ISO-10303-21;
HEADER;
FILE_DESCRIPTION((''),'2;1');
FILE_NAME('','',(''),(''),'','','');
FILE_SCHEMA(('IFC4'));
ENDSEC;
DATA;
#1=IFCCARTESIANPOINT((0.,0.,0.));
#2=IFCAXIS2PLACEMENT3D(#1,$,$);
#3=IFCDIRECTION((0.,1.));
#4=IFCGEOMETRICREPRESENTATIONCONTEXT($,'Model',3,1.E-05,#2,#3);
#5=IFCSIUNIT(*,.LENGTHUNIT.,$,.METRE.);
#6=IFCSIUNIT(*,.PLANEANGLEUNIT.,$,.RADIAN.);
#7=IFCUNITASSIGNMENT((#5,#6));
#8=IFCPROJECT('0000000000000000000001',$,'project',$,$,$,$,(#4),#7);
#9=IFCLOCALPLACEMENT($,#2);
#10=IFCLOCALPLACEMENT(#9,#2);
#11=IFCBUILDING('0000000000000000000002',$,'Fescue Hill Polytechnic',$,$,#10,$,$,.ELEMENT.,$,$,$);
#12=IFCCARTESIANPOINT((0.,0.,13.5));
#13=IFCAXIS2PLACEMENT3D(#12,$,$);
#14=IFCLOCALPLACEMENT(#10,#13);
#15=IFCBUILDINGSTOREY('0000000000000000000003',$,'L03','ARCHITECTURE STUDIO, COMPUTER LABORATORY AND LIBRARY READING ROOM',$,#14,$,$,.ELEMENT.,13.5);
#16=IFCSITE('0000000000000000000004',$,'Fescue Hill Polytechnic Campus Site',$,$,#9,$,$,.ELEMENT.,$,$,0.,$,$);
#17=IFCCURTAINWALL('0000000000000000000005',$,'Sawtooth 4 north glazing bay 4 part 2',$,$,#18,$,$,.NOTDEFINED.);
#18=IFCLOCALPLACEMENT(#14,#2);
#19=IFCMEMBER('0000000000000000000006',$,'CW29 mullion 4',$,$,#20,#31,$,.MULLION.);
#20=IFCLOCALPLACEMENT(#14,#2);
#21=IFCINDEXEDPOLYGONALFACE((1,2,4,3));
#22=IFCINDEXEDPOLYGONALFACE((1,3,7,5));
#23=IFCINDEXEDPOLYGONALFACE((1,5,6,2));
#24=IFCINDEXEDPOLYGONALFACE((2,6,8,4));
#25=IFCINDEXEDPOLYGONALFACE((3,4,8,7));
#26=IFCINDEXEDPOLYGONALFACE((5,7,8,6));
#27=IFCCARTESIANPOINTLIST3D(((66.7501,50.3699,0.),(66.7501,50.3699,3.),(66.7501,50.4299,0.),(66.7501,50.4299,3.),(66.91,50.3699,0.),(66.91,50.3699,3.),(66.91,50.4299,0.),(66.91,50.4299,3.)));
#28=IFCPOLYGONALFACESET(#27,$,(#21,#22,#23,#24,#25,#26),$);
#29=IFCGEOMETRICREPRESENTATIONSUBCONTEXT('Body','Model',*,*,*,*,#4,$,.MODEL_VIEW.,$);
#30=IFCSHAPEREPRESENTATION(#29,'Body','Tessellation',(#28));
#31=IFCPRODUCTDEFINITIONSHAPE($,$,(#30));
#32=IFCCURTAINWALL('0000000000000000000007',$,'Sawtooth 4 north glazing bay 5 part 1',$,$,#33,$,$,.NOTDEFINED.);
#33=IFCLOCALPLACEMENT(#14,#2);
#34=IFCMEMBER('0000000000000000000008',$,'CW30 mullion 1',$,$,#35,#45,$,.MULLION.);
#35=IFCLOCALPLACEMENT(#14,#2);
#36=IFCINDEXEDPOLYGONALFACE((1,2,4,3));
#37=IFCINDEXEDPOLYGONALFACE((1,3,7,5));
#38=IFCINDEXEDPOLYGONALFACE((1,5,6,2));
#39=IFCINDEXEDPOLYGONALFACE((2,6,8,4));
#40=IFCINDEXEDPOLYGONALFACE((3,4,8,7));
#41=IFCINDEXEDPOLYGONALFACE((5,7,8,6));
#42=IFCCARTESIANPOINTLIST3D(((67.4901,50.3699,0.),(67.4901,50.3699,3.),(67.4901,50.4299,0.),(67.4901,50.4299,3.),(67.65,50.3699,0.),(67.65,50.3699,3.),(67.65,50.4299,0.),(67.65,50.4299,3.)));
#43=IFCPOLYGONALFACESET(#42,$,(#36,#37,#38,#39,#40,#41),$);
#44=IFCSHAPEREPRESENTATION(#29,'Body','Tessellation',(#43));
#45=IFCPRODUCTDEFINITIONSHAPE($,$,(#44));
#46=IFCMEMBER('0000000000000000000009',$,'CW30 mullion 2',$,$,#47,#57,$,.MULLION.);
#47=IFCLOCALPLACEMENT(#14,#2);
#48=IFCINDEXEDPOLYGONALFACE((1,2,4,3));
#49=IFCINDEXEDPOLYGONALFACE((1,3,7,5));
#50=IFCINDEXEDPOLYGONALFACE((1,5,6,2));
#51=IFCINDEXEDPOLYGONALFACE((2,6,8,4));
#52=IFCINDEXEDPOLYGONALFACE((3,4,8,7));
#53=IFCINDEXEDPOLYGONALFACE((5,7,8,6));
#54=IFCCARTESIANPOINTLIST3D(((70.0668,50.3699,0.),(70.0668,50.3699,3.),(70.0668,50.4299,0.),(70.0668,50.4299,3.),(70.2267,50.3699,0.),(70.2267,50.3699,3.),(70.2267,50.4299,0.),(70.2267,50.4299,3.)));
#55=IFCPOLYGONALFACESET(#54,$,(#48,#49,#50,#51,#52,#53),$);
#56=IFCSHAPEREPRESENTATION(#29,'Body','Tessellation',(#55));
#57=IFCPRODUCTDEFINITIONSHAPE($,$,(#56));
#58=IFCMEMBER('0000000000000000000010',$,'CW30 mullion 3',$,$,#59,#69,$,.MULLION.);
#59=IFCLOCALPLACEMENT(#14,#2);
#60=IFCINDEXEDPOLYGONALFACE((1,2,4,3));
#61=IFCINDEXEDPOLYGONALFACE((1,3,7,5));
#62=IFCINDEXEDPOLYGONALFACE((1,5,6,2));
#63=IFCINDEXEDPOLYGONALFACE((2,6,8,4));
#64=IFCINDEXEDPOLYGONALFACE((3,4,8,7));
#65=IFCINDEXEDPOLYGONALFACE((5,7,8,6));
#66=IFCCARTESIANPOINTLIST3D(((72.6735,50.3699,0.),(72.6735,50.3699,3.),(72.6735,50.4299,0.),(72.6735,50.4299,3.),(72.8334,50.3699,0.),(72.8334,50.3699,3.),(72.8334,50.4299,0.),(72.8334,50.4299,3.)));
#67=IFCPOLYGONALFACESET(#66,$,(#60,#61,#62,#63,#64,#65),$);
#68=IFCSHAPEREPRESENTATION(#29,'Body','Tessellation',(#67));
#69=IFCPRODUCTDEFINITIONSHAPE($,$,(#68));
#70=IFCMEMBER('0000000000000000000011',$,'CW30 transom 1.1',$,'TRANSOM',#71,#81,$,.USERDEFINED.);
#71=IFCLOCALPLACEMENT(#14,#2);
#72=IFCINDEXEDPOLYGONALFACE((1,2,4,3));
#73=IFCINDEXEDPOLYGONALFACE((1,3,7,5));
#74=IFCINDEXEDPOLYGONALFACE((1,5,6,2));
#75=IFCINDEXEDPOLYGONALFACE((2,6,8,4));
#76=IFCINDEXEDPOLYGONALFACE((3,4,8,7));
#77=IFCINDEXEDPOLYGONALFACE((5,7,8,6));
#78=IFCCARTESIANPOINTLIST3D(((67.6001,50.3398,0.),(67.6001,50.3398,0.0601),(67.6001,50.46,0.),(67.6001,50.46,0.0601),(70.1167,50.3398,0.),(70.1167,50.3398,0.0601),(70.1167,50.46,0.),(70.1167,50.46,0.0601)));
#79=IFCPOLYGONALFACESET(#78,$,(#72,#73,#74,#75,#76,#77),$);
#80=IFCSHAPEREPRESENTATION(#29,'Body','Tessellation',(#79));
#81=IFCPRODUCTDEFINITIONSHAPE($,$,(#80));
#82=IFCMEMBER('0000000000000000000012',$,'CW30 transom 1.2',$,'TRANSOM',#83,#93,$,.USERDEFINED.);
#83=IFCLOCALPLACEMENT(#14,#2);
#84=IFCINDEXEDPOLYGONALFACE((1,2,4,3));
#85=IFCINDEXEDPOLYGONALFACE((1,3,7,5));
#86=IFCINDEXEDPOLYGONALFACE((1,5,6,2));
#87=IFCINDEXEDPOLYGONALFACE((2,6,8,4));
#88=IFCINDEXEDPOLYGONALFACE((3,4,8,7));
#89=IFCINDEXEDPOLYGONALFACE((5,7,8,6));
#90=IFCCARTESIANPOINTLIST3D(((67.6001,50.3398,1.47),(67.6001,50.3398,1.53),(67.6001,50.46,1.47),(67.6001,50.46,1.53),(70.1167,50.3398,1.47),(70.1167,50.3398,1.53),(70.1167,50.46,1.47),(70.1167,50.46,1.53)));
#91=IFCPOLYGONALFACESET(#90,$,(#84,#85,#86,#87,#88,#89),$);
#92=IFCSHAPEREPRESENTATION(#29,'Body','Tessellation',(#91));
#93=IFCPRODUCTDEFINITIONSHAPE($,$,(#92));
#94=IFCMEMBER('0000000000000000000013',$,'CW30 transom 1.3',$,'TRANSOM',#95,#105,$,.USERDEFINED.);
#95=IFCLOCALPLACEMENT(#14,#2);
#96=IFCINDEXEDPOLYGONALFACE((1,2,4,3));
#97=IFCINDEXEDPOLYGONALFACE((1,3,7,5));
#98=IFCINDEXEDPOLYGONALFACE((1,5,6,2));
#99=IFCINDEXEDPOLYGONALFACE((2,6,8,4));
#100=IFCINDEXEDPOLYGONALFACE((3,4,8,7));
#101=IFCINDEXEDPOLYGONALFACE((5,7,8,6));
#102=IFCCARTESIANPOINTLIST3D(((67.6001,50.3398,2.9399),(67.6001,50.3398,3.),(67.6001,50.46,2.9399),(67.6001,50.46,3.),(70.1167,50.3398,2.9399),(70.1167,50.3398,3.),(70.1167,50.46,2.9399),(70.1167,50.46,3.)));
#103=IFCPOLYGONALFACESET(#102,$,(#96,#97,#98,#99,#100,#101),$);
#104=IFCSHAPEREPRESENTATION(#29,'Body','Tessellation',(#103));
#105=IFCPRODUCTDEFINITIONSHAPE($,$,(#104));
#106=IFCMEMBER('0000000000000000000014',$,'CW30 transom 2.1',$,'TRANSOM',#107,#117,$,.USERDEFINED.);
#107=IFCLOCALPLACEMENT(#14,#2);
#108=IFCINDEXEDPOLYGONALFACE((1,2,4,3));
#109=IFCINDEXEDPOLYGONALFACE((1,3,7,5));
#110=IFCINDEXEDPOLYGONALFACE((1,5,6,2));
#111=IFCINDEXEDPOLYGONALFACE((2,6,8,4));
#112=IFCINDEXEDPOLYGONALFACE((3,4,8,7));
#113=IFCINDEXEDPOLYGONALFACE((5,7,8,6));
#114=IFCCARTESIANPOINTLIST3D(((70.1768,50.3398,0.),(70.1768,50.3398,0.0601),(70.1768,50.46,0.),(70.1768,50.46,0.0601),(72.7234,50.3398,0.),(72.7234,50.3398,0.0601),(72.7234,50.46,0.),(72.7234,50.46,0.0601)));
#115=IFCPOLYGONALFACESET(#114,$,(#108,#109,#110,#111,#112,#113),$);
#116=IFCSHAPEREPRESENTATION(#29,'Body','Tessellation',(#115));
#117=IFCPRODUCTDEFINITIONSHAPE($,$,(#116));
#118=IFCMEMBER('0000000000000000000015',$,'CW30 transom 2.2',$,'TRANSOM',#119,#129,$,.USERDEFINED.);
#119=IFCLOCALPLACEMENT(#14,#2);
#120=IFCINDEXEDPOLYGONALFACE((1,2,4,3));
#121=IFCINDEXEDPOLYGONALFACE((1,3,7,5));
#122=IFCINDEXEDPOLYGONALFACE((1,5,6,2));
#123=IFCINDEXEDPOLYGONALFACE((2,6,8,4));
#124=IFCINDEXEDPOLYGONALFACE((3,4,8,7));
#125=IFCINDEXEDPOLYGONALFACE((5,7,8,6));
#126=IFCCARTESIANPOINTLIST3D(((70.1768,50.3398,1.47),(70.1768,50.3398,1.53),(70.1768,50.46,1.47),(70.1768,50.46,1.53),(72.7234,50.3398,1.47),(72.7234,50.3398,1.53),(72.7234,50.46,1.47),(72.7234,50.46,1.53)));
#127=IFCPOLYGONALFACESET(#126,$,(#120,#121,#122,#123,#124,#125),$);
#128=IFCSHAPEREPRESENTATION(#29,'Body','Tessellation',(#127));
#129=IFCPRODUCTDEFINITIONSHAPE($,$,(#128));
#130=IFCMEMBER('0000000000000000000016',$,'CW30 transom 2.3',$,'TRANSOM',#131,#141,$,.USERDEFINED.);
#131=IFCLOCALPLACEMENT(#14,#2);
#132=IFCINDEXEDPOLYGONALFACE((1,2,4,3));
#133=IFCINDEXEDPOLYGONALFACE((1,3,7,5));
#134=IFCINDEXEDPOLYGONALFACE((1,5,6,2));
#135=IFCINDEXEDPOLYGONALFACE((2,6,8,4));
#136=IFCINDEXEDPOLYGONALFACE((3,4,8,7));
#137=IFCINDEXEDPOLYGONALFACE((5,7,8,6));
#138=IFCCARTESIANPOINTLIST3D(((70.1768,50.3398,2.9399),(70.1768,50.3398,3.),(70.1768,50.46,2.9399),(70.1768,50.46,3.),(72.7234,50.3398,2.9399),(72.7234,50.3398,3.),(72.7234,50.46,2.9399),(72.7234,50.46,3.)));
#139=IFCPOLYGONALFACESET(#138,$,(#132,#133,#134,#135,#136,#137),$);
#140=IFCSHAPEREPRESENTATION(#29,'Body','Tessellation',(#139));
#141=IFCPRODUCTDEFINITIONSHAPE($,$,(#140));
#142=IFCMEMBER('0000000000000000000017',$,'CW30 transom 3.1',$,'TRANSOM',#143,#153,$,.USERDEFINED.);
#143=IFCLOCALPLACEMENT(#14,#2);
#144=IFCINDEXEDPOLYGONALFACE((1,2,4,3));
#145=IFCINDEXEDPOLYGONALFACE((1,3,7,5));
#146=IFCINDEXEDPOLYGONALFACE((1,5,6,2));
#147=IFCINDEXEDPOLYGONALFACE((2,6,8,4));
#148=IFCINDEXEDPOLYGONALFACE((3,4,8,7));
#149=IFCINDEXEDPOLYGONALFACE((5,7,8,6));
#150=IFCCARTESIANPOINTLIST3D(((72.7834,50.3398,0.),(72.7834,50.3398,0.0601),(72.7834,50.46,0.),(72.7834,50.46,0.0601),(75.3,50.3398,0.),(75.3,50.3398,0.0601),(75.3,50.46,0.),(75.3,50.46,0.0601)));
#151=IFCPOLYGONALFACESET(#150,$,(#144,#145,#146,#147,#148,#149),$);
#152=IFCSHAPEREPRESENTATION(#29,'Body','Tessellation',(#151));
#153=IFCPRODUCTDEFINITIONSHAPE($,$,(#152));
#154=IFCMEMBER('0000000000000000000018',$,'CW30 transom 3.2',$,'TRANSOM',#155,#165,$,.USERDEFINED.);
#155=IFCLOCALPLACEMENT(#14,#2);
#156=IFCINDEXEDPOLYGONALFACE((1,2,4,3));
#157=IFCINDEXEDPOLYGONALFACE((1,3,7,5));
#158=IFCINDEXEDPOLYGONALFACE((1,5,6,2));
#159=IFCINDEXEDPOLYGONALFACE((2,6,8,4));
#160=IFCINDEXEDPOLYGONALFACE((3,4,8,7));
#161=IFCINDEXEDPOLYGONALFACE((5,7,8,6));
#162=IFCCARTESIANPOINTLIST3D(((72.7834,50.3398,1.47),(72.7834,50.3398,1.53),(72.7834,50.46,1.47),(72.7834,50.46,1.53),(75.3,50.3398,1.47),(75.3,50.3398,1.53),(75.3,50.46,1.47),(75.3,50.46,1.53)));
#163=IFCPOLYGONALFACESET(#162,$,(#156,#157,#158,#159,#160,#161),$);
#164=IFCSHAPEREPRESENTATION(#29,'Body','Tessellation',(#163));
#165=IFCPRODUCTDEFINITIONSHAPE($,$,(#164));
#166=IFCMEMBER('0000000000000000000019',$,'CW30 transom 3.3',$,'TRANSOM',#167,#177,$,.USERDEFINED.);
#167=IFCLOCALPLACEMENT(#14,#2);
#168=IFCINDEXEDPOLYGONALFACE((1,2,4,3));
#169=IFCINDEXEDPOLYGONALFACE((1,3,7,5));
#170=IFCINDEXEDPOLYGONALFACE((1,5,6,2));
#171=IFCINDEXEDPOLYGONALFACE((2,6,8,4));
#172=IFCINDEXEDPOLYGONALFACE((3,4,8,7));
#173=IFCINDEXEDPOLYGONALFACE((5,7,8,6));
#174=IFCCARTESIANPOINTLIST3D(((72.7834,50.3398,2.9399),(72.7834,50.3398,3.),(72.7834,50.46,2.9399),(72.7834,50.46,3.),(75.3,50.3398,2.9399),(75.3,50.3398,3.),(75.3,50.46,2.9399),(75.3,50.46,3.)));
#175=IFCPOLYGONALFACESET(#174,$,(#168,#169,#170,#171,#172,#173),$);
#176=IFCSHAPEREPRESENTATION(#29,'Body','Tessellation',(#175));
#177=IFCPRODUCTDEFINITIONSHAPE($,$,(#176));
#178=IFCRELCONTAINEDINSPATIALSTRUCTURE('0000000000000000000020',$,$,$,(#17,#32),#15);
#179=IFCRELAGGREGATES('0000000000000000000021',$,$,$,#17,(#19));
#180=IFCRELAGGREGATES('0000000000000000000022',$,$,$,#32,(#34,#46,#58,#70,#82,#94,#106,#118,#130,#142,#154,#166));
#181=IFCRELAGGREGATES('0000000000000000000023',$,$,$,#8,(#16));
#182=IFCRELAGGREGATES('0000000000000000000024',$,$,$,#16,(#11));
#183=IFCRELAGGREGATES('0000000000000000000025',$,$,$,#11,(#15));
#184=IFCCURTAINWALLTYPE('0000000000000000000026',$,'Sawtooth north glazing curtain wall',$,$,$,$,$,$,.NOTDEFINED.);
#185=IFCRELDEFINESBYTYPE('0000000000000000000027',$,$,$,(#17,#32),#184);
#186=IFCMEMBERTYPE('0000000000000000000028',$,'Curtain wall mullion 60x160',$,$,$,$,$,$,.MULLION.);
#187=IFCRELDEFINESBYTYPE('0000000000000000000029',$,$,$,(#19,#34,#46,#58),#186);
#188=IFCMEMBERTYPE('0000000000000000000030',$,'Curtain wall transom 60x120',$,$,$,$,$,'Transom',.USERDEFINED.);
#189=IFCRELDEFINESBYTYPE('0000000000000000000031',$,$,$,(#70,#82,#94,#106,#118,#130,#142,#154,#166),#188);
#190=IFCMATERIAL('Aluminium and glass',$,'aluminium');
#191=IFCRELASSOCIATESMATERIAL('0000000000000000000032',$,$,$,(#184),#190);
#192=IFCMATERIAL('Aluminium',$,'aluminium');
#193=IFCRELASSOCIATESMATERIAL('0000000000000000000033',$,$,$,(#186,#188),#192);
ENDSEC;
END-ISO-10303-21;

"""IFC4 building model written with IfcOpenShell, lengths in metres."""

from ifc_helpers import new_model, si_unit, direction, frame, origin, origin_2d, place, context, subcontext, project, spatial, rectangle, extrude, material, material_profile, profile_set, type_object, element, aggregate, save


model = new_model("IFC4")

# Units and contexts
model_context = context("Model", 3, precision=1e-05, world=origin(), true_north=direction((0.0, 1.0)))
body_context = subcontext(model_context, "Body", "Model", "MODEL_VIEW")
ifc_project = project(units=[si_unit("LENGTHUNIT", "METRE"), si_unit("PLANEANGLEUNIT", "RADIAN")], contexts=[model_context])

# Site, building, storey
site_placement = place(None, origin())
site = spatial("IfcSite", under=ifc_project, at=site_placement, Name="Fescue Hill Polytechnic Campus Site", CompositionType="ELEMENT", RefElevation=0.0)
building_placement = place(site_placement, origin())
building = spatial("IfcBuilding", under=site, at=building_placement, Name="Fescue Hill Polytechnic", CompositionType="ELEMENT")
storey_placement = place(building_placement, frame((0.0, 0.0, 13.5)))
storey = spatial("IfcBuildingStorey", under=building, at=storey_placement, Name="L03", Description="ARCHITECTURE STUDIO, COMPUTER LABORATORY AND LIBRARY READING ROOM", CompositionType="ELEMENT", Elevation=13.5)

# Curtain wall, member
ifc_material_1 = material(Name="Aluminium and glass", Category="aluminium")
curtain_wall_type = type_object("IfcCurtainWallType", Name="Sawtooth north glazing curtain wall", PredefinedType="NOTDEFINED", material=ifc_material_1)
curtain_wall_1_placement = place(storey_placement, origin())
curtain_wall_1 = element("IfcCurtainWall", 1, at=curtain_wall_1_placement, inside=storey, type_object=curtain_wall_type, Name="Sawtooth 4 north glazing bay 4 part 2", PredefinedType="NOTDEFINED")
ifc_material_2 = material(Name="Aluminium", Category="aluminium")
ifc_material_profile_1 = material_profile(ifc_material_2, rectangle(XDim=0.0601, YDim=0.1599, at=origin_2d()), Name="Curtain wall mullion 60x160")
ifc_profile_set_1 = profile_set([ifc_material_profile_1], Name="Aluminium")
member_type_1 = type_object("IfcMemberType", Name="Curtain wall mullion 60x160", PredefinedType="MULLION", material=ifc_profile_set_1)
member_1_placement = place(storey_placement, frame((66.8301, 50.3999, 0.0), z_axis=(0.0, 0.0, 1.0), x_axis=(0.0, 1.0, 0.0)))
member_1 = element("IfcMember", 2, at=member_1_placement, type_object=member_type_1, Name="CW29 mullion 4", PredefinedType="MULLION", context=body_context, shape_type="SweptSolid", body=[
    extrude(rectangle(XDim=0.0601, YDim=0.1599, at=origin_2d()), origin(), (0.0, 0.0, 1.0), 3.0),
])
aggregate(curtain_wall_1, [member_1])

# Curtain wall, members
curtain_wall_2_placement = place(storey_placement, origin())
curtain_wall_2 = element("IfcCurtainWall", 3, at=curtain_wall_2_placement, inside=storey, type_object=curtain_wall_type, Name="Sawtooth 4 north glazing bay 5 part 1", PredefinedType="NOTDEFINED")
member_2_placement = place(storey_placement, frame((67.5701, 50.3999, 0.0), z_axis=(0.0, 0.0, 1.0), x_axis=(0.0, 1.0, 0.0)))
member_2 = element("IfcMember", 4, at=member_2_placement, type_object=member_type_1, Name="CW30 mullion 1", PredefinedType="MULLION", context=body_context, shape_type="SweptSolid", body=[
    extrude(rectangle(XDim=0.0601, YDim=0.1599, at=origin_2d()), origin(), (0.0, 0.0, 1.0), 3.0),
])
member_3_placement = place(storey_placement, frame((70.1467, 50.3999, 0.0), z_axis=(0.0, 0.0, 1.0), x_axis=(0.0, 1.0, 0.0)))
member_3 = element("IfcMember", 5, at=member_3_placement, type_object=member_type_1, Name="CW30 mullion 2", PredefinedType="MULLION", context=body_context, shape_type="SweptSolid", body=[
    extrude(rectangle(XDim=0.0601, YDim=0.1599, at=origin_2d()), origin(), (0.0, 0.0, 1.0), 3.0),
])
member_4_placement = place(storey_placement, frame((72.7534, 50.3999, 0.0), z_axis=(0.0, 0.0, 1.0), x_axis=(0.0, 1.0, 0.0)))
member_4 = element("IfcMember", 6, at=member_4_placement, type_object=member_type_1, Name="CW30 mullion 3", PredefinedType="MULLION", context=body_context, shape_type="SweptSolid", body=[
    extrude(rectangle(XDim=0.0601, YDim=0.1599, at=origin_2d()), origin(), (0.0, 0.0, 1.0), 3.0),
])
ifc_material_profile_2 = material_profile(ifc_material_2, rectangle(XDim=0.1201, YDim=0.0601, at=origin_2d()), Name="Curtain wall transom 60x120")
ifc_profile_set_2 = profile_set([ifc_material_profile_2], Name="Aluminium")
member_type_2 = type_object("IfcMemberType", Name="Curtain wall transom 60x120", ElementType="Transom", PredefinedType="USERDEFINED", material=ifc_profile_set_2)
member_5_placement = place(storey_placement, frame((67.6001, 50.3999, 0.03), z_axis=(1.0, 0.0, 0.0), x_axis=(0.0, 1.0, 0.0)))
member_5 = element("IfcMember", 7, at=member_5_placement, type_object=member_type_2, Name="CW30 transom 1.1", ObjectType="TRANSOM", PredefinedType="USERDEFINED", context=body_context, shape_type="SweptSolid", body=[
    extrude(rectangle(XDim=0.1201, YDim=0.0601, at=origin_2d()), origin(), (0.0, 0.0, 1.0), 2.5166),
])
member_6_placement = place(storey_placement, frame((67.6001, 50.3999, 1.5), z_axis=(1.0, 0.0, 0.0), x_axis=(0.0, 1.0, 0.0)))
member_6 = element("IfcMember", 8, at=member_6_placement, type_object=member_type_2, Name="CW30 transom 1.2", ObjectType="TRANSOM", PredefinedType="USERDEFINED", context=body_context, shape_type="SweptSolid", body=[
    extrude(rectangle(XDim=0.1201, YDim=0.0601, at=origin_2d()), origin(), (0.0, 0.0, 1.0), 2.5166),
])
member_7_placement = place(storey_placement, frame((67.6001, 50.3999, 2.97), z_axis=(1.0, 0.0, 0.0), x_axis=(0.0, 1.0, 0.0)))
member_7 = element("IfcMember", 9, at=member_7_placement, type_object=member_type_2, Name="CW30 transom 1.3", ObjectType="TRANSOM", PredefinedType="USERDEFINED", context=body_context, shape_type="SweptSolid", body=[
    extrude(rectangle(XDim=0.1201, YDim=0.0601, at=origin_2d()), origin(), (0.0, 0.0, 1.0), 2.5166),
])
member_8_placement = place(storey_placement, frame((70.1768, 50.3999, 0.03), z_axis=(1.0, 0.0, 0.0), x_axis=(0.0, 1.0, 0.0)))
member_8 = element("IfcMember", 10, at=member_8_placement, type_object=member_type_2, Name="CW30 transom 2.1", ObjectType="TRANSOM", PredefinedType="USERDEFINED", context=body_context, shape_type="SweptSolid", body=[
    extrude(rectangle(XDim=0.1201, YDim=0.0601, at=origin_2d()), origin(), (0.0, 0.0, 1.0), 2.5466),
])
member_9_placement = place(storey_placement, frame((70.1768, 50.3999, 1.5), z_axis=(1.0, 0.0, 0.0), x_axis=(0.0, 1.0, 0.0)))
member_9 = element("IfcMember", 11, at=member_9_placement, type_object=member_type_2, Name="CW30 transom 2.2", ObjectType="TRANSOM", PredefinedType="USERDEFINED", context=body_context, shape_type="SweptSolid", body=[
    extrude(rectangle(XDim=0.1201, YDim=0.0601, at=origin_2d()), origin(), (0.0, 0.0, 1.0), 2.5466),
])
member_10_placement = place(storey_placement, frame((70.1768, 50.3999, 2.97), z_axis=(1.0, 0.0, 0.0), x_axis=(0.0, 1.0, 0.0)))
member_10 = element("IfcMember", 12, at=member_10_placement, type_object=member_type_2, Name="CW30 transom 2.3", ObjectType="TRANSOM", PredefinedType="USERDEFINED", context=body_context, shape_type="SweptSolid", body=[
    extrude(rectangle(XDim=0.1201, YDim=0.0601, at=origin_2d()), origin(), (0.0, 0.0, 1.0), 2.5466),
])
member_11_placement = place(storey_placement, frame((72.7834, 50.3999, 0.03), z_axis=(1.0, 0.0, 0.0), x_axis=(0.0, 1.0, 0.0)))
member_11 = element("IfcMember", 13, at=member_11_placement, type_object=member_type_2, Name="CW30 transom 3.1", ObjectType="TRANSOM", PredefinedType="USERDEFINED", context=body_context, shape_type="SweptSolid", body=[
    extrude(rectangle(XDim=0.1201, YDim=0.0601, at=origin_2d()), origin(), (0.0, 0.0, 1.0), 2.5166),
])
member_12_placement = place(storey_placement, frame((72.7834, 50.3999, 1.5), z_axis=(1.0, 0.0, 0.0), x_axis=(0.0, 1.0, 0.0)))
member_12 = element("IfcMember", 14, at=member_12_placement, type_object=member_type_2, Name="CW30 transom 3.2", ObjectType="TRANSOM", PredefinedType="USERDEFINED", context=body_context, shape_type="SweptSolid", body=[
    extrude(rectangle(XDim=0.1201, YDim=0.0601, at=origin_2d()), origin(), (0.0, 0.0, 1.0), 2.5166),
])
member_13_placement = place(storey_placement, frame((72.7834, 50.3999, 2.97), z_axis=(1.0, 0.0, 0.0), x_axis=(0.0, 1.0, 0.0)))
member_13 = element("IfcMember", 15, at=member_13_placement, type_object=member_type_2, Name="CW30 transom 3.3", ObjectType="TRANSOM", PredefinedType="USERDEFINED", context=body_context, shape_type="SweptSolid", body=[
    extrude(rectangle(XDim=0.1201, YDim=0.0601, at=origin_2d()), origin(), (0.0, 0.0, 1.0), 2.5166),
])

aggregate(curtain_wall_2, [member_2, member_3, member_4, member_5, member_6, member_7, member_8, member_9, member_10, member_11, member_12, member_13])

save(model, "model.ifc")
